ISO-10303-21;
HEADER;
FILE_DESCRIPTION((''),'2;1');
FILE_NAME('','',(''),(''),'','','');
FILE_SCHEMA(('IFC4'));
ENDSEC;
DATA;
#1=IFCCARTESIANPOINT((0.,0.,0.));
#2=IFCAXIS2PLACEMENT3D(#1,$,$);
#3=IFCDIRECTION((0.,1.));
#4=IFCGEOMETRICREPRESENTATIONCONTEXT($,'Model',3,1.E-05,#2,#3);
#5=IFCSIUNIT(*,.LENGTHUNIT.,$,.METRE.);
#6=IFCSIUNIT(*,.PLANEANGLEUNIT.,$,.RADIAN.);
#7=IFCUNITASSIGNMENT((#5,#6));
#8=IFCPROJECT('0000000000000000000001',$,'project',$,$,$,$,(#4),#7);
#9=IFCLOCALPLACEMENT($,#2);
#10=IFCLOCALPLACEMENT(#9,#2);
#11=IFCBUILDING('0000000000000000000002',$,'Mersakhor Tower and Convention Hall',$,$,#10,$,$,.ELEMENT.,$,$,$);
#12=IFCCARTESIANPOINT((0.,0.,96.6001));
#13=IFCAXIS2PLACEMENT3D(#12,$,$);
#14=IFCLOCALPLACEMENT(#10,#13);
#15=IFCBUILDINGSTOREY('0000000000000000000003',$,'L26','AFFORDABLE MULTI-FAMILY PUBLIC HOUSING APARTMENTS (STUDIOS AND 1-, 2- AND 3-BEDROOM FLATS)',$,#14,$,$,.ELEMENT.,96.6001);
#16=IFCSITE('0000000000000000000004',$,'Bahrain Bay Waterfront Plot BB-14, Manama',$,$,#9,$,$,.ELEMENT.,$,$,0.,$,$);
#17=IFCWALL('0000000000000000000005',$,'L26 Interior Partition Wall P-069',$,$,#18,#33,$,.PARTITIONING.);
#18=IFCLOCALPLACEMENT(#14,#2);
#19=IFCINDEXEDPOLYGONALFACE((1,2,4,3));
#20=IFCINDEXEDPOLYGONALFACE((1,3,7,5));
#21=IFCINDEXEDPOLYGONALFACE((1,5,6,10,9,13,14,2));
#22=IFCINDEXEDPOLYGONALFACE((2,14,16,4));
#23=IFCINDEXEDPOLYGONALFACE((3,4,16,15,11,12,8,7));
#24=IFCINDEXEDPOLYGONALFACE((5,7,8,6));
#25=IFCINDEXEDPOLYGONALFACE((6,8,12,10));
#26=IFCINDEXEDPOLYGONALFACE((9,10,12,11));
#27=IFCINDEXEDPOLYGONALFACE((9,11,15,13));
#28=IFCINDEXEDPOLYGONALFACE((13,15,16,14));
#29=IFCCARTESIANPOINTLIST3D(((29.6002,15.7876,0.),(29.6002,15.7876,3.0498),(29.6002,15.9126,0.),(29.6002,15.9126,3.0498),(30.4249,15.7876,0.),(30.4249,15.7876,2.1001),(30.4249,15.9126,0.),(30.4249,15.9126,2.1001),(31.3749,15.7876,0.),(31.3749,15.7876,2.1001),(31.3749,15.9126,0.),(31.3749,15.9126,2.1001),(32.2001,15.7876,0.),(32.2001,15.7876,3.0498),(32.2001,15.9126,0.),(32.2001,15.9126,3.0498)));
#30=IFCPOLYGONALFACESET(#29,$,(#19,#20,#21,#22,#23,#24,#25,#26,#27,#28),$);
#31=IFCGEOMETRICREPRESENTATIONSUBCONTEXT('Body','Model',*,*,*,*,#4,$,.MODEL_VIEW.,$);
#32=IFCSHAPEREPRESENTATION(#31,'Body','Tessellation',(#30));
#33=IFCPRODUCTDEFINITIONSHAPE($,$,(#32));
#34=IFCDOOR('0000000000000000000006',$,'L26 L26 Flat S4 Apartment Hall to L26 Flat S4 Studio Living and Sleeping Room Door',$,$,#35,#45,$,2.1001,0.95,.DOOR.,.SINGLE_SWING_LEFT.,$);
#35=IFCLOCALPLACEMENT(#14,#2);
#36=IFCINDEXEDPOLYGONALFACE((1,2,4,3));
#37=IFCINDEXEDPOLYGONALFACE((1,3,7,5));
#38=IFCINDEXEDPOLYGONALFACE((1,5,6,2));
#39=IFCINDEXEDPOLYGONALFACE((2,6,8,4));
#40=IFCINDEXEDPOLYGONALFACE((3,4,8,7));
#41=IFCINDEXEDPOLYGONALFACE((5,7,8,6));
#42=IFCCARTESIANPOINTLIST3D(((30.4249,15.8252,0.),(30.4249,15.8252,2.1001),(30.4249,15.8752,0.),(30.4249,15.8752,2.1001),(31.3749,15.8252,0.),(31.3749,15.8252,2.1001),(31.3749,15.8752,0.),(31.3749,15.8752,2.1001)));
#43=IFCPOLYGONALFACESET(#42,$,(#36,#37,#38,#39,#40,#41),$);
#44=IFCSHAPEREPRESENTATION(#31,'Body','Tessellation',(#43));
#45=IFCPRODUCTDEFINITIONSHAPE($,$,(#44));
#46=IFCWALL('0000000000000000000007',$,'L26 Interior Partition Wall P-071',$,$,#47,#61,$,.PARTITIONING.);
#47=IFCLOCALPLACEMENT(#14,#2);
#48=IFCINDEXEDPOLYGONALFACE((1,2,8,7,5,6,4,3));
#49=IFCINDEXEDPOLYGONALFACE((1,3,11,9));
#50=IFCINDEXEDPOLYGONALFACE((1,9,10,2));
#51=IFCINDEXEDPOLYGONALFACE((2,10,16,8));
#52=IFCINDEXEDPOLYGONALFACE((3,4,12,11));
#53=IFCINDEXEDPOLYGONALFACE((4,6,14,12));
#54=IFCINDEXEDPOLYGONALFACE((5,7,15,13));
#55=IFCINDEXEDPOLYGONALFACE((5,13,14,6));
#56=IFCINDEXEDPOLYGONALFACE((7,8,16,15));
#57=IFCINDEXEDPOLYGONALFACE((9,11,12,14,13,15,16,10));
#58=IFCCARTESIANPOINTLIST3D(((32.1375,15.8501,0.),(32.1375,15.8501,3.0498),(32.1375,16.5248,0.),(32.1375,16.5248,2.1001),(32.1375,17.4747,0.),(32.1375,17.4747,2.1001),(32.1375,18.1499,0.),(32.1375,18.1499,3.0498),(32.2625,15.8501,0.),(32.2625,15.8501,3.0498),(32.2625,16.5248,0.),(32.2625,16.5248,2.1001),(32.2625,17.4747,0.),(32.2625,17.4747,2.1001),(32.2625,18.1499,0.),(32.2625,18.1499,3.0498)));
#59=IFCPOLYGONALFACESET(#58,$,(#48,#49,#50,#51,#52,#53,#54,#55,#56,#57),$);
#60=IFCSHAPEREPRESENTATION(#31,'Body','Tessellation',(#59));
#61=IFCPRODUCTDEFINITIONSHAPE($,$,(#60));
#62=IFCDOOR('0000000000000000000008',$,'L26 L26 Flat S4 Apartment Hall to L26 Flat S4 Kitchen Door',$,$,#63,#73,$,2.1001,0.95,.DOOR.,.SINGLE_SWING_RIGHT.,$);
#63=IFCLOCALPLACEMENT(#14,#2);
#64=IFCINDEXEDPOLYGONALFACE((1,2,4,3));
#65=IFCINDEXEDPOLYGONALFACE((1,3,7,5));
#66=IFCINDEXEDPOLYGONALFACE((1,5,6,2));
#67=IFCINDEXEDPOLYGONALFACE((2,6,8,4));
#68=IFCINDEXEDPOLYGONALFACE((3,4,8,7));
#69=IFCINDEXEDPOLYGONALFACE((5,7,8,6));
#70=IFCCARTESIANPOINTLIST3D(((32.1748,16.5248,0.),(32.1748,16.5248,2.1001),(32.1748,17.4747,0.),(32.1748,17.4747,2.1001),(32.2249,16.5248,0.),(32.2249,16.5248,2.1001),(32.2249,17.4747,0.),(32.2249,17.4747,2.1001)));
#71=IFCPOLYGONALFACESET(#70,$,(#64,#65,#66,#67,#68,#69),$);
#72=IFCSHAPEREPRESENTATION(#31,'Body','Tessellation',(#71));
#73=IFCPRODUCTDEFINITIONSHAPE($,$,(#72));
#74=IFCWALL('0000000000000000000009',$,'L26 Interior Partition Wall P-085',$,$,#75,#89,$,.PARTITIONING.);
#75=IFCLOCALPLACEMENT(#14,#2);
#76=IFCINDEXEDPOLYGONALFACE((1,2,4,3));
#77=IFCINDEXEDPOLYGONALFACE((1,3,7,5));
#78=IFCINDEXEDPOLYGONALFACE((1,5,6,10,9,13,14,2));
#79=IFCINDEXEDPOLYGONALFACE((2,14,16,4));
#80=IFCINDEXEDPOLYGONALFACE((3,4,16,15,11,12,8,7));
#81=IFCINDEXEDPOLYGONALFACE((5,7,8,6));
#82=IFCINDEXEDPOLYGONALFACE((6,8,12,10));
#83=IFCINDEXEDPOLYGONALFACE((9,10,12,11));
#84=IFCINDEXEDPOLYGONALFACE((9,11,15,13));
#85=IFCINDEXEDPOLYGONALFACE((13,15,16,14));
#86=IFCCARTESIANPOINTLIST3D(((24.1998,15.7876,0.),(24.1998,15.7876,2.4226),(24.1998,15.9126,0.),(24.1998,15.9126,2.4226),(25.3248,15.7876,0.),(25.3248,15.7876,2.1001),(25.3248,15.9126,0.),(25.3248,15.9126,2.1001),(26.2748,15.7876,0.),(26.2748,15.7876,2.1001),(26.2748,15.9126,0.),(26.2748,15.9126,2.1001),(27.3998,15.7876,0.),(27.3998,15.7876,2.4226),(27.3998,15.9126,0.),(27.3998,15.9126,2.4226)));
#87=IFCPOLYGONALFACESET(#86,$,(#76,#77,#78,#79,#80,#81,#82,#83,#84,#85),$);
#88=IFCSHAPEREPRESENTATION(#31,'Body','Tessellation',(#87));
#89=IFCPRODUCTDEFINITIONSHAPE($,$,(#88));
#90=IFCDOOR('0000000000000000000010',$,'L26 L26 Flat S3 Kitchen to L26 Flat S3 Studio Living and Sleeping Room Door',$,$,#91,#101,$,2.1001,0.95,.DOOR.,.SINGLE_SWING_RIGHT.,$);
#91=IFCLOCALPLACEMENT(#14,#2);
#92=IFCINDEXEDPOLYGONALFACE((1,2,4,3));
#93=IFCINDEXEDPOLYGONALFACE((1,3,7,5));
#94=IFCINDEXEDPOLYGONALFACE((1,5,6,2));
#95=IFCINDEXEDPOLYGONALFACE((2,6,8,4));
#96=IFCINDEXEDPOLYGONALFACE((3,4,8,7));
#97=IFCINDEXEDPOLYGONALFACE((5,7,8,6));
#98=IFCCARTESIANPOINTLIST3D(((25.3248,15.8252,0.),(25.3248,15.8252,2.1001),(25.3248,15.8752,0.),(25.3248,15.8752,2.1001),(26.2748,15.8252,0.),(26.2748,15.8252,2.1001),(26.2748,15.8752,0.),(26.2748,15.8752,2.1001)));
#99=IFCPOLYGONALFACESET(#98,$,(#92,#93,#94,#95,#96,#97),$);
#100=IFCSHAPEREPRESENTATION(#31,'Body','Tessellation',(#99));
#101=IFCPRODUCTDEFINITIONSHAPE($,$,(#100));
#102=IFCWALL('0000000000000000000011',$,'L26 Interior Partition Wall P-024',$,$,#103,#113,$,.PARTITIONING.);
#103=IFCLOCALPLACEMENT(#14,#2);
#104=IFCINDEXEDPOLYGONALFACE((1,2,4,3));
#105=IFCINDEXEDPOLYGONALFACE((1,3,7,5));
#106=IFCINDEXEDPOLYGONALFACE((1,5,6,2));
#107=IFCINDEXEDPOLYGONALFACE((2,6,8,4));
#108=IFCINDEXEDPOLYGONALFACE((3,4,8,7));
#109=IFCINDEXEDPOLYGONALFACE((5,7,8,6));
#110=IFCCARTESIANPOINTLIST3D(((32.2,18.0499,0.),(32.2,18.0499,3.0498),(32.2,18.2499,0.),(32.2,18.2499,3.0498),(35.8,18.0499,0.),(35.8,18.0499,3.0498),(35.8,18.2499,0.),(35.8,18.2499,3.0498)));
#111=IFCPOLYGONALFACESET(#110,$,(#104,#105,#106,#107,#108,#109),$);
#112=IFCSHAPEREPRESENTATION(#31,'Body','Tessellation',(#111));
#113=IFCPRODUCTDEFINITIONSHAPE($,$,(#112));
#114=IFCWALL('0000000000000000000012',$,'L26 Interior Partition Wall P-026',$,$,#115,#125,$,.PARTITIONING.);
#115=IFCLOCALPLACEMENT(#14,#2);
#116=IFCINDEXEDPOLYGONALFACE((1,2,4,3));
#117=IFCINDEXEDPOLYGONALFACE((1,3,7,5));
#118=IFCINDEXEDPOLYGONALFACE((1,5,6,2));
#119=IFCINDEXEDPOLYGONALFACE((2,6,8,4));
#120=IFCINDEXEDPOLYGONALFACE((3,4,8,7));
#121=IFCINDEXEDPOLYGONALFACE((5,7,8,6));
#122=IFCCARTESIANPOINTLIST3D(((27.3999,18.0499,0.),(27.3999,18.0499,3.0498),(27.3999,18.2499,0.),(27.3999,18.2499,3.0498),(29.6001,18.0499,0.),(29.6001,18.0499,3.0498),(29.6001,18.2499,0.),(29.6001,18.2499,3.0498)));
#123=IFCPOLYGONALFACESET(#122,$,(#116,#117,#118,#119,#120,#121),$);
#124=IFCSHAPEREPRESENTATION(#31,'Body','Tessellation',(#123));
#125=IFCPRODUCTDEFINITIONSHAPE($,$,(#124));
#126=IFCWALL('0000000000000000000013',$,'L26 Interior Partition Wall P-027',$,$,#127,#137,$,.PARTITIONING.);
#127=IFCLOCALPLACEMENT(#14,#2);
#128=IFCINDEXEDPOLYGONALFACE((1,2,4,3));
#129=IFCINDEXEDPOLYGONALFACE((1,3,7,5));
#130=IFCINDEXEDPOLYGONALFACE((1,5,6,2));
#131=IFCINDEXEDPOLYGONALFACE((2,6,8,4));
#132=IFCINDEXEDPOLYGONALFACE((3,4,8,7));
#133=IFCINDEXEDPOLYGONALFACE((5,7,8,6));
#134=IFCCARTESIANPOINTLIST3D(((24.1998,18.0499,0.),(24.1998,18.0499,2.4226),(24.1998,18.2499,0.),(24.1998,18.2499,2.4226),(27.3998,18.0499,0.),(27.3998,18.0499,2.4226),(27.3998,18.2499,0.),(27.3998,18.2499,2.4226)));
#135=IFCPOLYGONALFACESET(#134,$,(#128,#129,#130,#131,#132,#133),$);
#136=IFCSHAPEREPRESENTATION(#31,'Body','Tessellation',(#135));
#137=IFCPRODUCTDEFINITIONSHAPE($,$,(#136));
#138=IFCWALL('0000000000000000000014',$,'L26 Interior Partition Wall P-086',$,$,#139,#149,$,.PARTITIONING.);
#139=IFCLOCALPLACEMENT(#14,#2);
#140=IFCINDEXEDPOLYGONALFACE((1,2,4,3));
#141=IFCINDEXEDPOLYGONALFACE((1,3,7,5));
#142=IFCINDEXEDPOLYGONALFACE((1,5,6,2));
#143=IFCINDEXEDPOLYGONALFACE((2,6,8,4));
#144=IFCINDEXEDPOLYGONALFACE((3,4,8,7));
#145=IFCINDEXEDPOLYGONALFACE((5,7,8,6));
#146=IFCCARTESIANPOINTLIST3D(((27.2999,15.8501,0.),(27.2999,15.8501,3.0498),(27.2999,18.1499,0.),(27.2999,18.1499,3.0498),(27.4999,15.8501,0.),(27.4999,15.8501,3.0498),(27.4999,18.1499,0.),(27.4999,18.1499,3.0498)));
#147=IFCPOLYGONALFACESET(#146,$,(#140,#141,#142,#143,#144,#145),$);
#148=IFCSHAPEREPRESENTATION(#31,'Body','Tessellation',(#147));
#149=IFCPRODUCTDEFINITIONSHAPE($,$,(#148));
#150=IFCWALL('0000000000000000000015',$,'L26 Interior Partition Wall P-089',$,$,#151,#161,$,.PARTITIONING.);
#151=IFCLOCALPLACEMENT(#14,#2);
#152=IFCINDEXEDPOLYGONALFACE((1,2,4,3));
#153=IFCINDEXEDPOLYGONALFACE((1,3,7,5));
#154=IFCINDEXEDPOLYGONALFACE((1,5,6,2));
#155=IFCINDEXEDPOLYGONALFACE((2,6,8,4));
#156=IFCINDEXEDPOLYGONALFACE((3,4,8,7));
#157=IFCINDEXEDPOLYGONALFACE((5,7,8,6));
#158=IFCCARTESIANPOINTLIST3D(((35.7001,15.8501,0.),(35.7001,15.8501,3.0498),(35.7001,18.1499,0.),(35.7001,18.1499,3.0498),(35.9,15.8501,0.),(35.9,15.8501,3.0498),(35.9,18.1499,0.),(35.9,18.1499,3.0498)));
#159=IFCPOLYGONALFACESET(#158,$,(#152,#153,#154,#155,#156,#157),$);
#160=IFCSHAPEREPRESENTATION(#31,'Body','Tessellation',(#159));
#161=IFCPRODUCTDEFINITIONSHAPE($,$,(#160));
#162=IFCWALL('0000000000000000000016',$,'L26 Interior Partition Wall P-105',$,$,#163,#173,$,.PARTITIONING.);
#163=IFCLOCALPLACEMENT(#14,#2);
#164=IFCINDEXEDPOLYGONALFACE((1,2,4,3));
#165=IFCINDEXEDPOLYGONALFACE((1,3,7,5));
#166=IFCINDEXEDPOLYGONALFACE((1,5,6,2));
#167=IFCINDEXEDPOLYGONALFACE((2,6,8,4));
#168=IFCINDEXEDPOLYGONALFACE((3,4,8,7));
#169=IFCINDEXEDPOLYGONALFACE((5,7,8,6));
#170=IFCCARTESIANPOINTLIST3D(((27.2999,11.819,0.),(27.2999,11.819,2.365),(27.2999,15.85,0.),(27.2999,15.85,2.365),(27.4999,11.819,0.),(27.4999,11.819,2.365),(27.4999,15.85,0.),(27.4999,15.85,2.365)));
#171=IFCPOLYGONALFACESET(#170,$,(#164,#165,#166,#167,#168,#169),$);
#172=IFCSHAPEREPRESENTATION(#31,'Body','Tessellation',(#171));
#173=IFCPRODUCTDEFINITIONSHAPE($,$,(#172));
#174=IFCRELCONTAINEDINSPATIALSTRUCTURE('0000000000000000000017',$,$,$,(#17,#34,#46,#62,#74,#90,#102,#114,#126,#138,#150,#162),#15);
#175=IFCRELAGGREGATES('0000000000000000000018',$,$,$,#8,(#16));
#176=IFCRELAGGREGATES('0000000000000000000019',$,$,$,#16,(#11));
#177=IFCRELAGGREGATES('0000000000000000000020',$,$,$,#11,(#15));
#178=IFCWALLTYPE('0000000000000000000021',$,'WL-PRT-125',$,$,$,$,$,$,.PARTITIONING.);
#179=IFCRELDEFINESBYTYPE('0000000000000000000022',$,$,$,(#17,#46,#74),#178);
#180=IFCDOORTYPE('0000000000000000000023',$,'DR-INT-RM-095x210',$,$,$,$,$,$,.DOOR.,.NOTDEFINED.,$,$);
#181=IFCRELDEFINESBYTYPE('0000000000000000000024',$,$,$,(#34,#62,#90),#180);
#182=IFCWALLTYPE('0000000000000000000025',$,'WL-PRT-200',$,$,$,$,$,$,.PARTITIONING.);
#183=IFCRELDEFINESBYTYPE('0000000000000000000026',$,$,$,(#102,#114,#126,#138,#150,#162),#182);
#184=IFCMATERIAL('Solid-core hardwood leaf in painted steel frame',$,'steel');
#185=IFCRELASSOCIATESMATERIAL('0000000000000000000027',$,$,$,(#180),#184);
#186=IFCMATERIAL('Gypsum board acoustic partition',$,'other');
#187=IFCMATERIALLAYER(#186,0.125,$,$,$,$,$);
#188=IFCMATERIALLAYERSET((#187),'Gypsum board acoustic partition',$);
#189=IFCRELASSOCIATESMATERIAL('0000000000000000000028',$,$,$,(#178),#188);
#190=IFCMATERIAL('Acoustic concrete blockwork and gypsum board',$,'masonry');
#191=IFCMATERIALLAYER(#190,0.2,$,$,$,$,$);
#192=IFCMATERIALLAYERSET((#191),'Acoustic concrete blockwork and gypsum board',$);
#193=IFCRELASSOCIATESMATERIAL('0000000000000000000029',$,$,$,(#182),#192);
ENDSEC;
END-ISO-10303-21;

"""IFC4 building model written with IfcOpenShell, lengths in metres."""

from ifc_helpers import new_model, si_unit, direction, frame, frame_2d, origin, place, context, subcontext, project, spatial, rectangle, extrude, material, layer, layer_set, type_object, element, fill, save


model = new_model("IFC4")

# Units and contexts
model_context = context("Model", 3, precision=1e-05, world=origin(), true_north=direction((0.0, 1.0)))
body_context = subcontext(model_context, "Body", "Model", "MODEL_VIEW")
ifc_project = project(units=[si_unit("LENGTHUNIT", "METRE"), si_unit("PLANEANGLEUNIT", "RADIAN")], contexts=[model_context])

# Site, building, storey
site_placement = place(None, origin())
site = spatial("IfcSite", under=ifc_project, at=site_placement, Name="Bahrain Bay Waterfront Plot BB-14, Manama", CompositionType="ELEMENT", RefElevation=0.0)
building_placement = place(site_placement, origin())
building = spatial("IfcBuilding", under=site, at=building_placement, Name="Mersakhor Tower and Convention Hall", CompositionType="ELEMENT")
storey_placement = place(building_placement, frame((0.0, 0.0, 96.6001)))
storey = spatial("IfcBuildingStorey", under=building, at=storey_placement, Name="L26", Description="AFFORDABLE MULTI-FAMILY PUBLIC HOUSING APARTMENTS (STUDIOS AND 1-, 2- AND 3-BEDROOM FLATS)", CompositionType="ELEMENT", Elevation=96.6001)

# Walls, openings, doors
ifc_material_1 = material(Name="Solid-core hardwood leaf in painted steel frame", Category="steel")
door_type_1 = type_object("IfcDoorType", Name="DR-INT-RM-095x210", OperationType="NOTDEFINED", PredefinedType="DOOR", material=ifc_material_1)
ifc_material_2 = material(Name="Gypsum board acoustic partition", Category="other")
ifc_layer_1 = layer(ifc_material_2, 0.125)
ifc_layer_set_1 = layer_set([ifc_layer_1], Name="Gypsum board acoustic partition")
wall_type_1 = type_object("IfcWallType", Name="WL-PRT-125", PredefinedType="PARTITIONING", material=ifc_layer_set_1)
wall_1_placement = place(storey_placement, frame((32.2, 15.8501, 0.0), z_axis=(0.0, 0.0, 1.0), x_axis=(-1.0, 0.0, 0.0)))
wall_1 = element("IfcWall", 1, at=wall_1_placement, inside=storey, type_object=wall_type_1, Name="L26 Interior Partition Wall P-069", PredefinedType="PARTITIONING", context=body_context, shape_type="SweptSolid", body=[
    extrude(rectangle(XDim=2.5999, YDim=0.125, at=frame_2d((1.2998, 0.0))), origin(), (0.0, 0.0, 1.0), 3.0498),
])
opening_1_placement = place(wall_1_placement, frame((0.825, 0.0, 0.0)))
opening_1 = element("IfcOpeningElement", 2, at=opening_1_placement, cuts=wall_1, PredefinedType="OPENING", context=body_context, shape_type="SweptSolid", body=[
    extrude(rectangle(XDim=0.95, YDim=2.1001, at=frame_2d((0.4751, 1.05))), frame((0.0, 0.0725, 0.0), z_axis=(0.0, -1.0, 0.0), x_axis=(1.0, 0.0, 0.0)), (0.0, 0.0, 1.0), 0.145),
])
door_1_placement = place(opening_1_placement, origin())
door_1 = element("IfcDoor", 3, at=door_1_placement, inside=storey, type_object=door_type_1, Name="L26 L26 Flat S4 Apartment Hall to L26 Flat S4 Studio Living and Sleeping Room Door", OperationType="SINGLE_SWING_LEFT", OverallHeight=2.1001, OverallWidth=0.95, PredefinedType="DOOR", context=body_context, shape_type="SweptSolid", body=[
    extrude(rectangle(XDim=0.95, YDim=2.1001, at=frame_2d((0.4751, 1.05))), frame((0.0, 0.0249, 0.0), z_axis=(0.0, -1.0, 0.0), x_axis=(1.0, 0.0, 0.0)), (0.0, 0.0, 1.0), 0.05),
])
fill(opening_1, door_1)
wall_2_placement = place(storey_placement, frame((32.2, 18.1499, 0.0), z_axis=(0.0, 0.0, 1.0), x_axis=(0.0, -1.0, 0.0)))
wall_2 = element("IfcWall", 4, at=wall_2_placement, inside=storey, type_object=wall_type_1, Name="L26 Interior Partition Wall P-071", PredefinedType="PARTITIONING", context=body_context, shape_type="SweptSolid", body=[
    extrude(rectangle(XDim=2.2998, YDim=0.125, at=frame_2d((1.1499, 0.0))), origin(), (0.0, 0.0, 1.0), 3.0498),
])
opening_2_placement = place(wall_2_placement, frame((0.675, 0.0, 0.0)))
opening_2 = element("IfcOpeningElement", 5, at=opening_2_placement, cuts=wall_2, PredefinedType="OPENING", context=body_context, shape_type="SweptSolid", body=[
    extrude(rectangle(XDim=0.95, YDim=2.1001, at=frame_2d((0.4751, 1.05))), frame((0.0, 0.0725, 0.0), z_axis=(0.0, -1.0, 0.0), x_axis=(1.0, 0.0, 0.0)), (0.0, 0.0, 1.0), 0.145),
])
door_2_placement = place(opening_2_placement, origin())
door_2 = element("IfcDoor", 6, at=door_2_placement, inside=storey, type_object=door_type_1, Name="L26 L26 Flat S4 Apartment Hall to L26 Flat S4 Kitchen Door", OperationType="SINGLE_SWING_RIGHT", OverallHeight=2.1001, OverallWidth=0.95, PredefinedType="DOOR", context=body_context, shape_type="SweptSolid", body=[
    extrude(rectangle(XDim=0.95, YDim=2.1001, at=frame_2d((0.4751, 1.05))), frame((0.0, 0.0249, 0.0), z_axis=(0.0, -1.0, 0.0), x_axis=(1.0, 0.0, 0.0)), (0.0, 0.0, 1.0), 0.05),
])
fill(opening_2, door_2)
wall_3_placement = place(storey_placement, frame((27.3999, 15.8501, 0.0), z_axis=(0.0, 0.0, 1.0), x_axis=(-1.0, 0.0, 0.0)))
wall_3 = element("IfcWall", 7, at=wall_3_placement, inside=storey, type_object=wall_type_1, Name="L26 Interior Partition Wall P-085", PredefinedType="PARTITIONING", context=body_context, shape_type="SweptSolid", body=[
    extrude(rectangle(XDim=3.2, YDim=0.125, at=frame_2d((1.6001, 0.0))), origin(), (0.0, 0.0, 1.0), 2.4226),
])
opening_3_placement = place(wall_3_placement, frame((1.125, 0.0, 0.0)))
opening_3 = element("IfcOpeningElement", 8, at=opening_3_placement, cuts=wall_3, PredefinedType="OPENING", context=body_context, shape_type="SweptSolid", body=[
    extrude(rectangle(XDim=0.95, YDim=2.1001, at=frame_2d((0.4751, 1.05))), frame((0.0, 0.0725, 0.0), z_axis=(0.0, -1.0, 0.0), x_axis=(1.0, 0.0, 0.0)), (0.0, 0.0, 1.0), 0.145),
])
door_3_placement = place(opening_3_placement, origin())
door_3 = element("IfcDoor", 9, at=door_3_placement, inside=storey, type_object=door_type_1, Name="L26 L26 Flat S3 Kitchen to L26 Flat S3 Studio Living and Sleeping Room Door", OperationType="SINGLE_SWING_RIGHT", OverallHeight=2.1001, OverallWidth=0.95, PredefinedType="DOOR", context=body_context, shape_type="SweptSolid", body=[
    extrude(rectangle(XDim=0.95, YDim=2.1001, at=frame_2d((0.4751, 1.05))), frame((0.0, 0.0249, 0.0), z_axis=(0.0, -1.0, 0.0), x_axis=(1.0, 0.0, 0.0)), (0.0, 0.0, 1.0), 0.05),
])
fill(opening_3, door_3)

# Wall
ifc_material_3 = material(Name="Acoustic concrete blockwork and gypsum board", Category="masonry")
ifc_layer_2 = layer(ifc_material_3, 0.2)
ifc_layer_set_2 = layer_set([ifc_layer_2], Name="Acoustic concrete blockwork and gypsum board")
wall_type_2 = type_object("IfcWallType", Name="WL-PRT-200", PredefinedType="PARTITIONING", material=ifc_layer_set_2)
wall_4_placement = place(storey_placement, frame((35.8, 18.1499, 0.0), z_axis=(0.0, 0.0, 1.0), x_axis=(-1.0, 0.0, 0.0)))
element("IfcWall", 10, at=wall_4_placement, inside=storey, type_object=wall_type_2, Name="L26 Interior Partition Wall P-024", PredefinedType="PARTITIONING", context=body_context, shape_type="SweptSolid", body=[
    extrude(rectangle(XDim=3.6001, YDim=0.2, at=frame_2d((1.8, 0.0))), origin(), (0.0, 0.0, 1.0), 3.0498),
])

# Walls
wall_5_placement = place(storey_placement, frame((29.6001, 18.1499, 0.0), z_axis=(0.0, 0.0, 1.0), x_axis=(-1.0, 0.0, 0.0)))
element("IfcWall", 11, at=wall_5_placement, inside=storey, type_object=wall_type_2, Name="L26 Interior Partition Wall P-026", PredefinedType="PARTITIONING", context=body_context, shape_type="SweptSolid", body=[
    extrude(rectangle(XDim=2.2002, YDim=0.2, at=frame_2d((1.1001, 0.0))), origin(), (0.0, 0.0, 1.0), 3.0498),
])
wall_6_placement = place(storey_placement, frame((27.3999, 18.1499, 0.0), z_axis=(0.0, 0.0, 1.0), x_axis=(-1.0, 0.0, 0.0)))
element("IfcWall", 12, at=wall_6_placement, inside=storey, type_object=wall_type_2, Name="L26 Interior Partition Wall P-027", PredefinedType="PARTITIONING", context=body_context, shape_type="SweptSolid", body=[
    extrude(rectangle(XDim=3.2, YDim=0.2, at=frame_2d((1.6001, 0.0))), origin(), (0.0, 0.0, 1.0), 2.4226),
])
for number, where, z_axis, x_axis, name in (
    (13, (27.3999, 18.1499, 0.0), (0.0, 0.0, 1.0), (0.0, -1.0, 0.0), "L26 Interior Partition Wall P-086"),
    (14, (35.8, 18.1499, 0.0), (0.0, 0.0, 1.0), (0.0, -1.0, 0.0), "L26 Interior Partition Wall P-089"),
):
    element("IfcWall", number, at=place(storey_placement, frame(where, z_axis=z_axis, x_axis=x_axis)), inside=storey, type_object=wall_type_2, Name=name, PredefinedType="PARTITIONING", context=body_context, shape_type="SweptSolid", body=[
        extrude(rectangle(XDim=2.2998, YDim=0.2, at=frame_2d((1.1499, 0.0))), origin(), (0.0, 0.0, 1.0), 3.0498),
    ])
wall_7_placement = place(storey_placement, frame((27.3999, 15.8501, 0.0), z_axis=(0.0, 0.0, 1.0), x_axis=(0.0, -1.0, 0.0)))
element("IfcWall", 15, at=wall_7_placement, inside=storey, type_object=wall_type_2, Name="L26 Interior Partition Wall P-105", PredefinedType="PARTITIONING", context=body_context, shape_type="SweptSolid", body=[
    extrude(rectangle(XDim=4.031, YDim=0.2, at=frame_2d((2.0156, 0.0))), origin(), (0.0, 0.0, 1.0), 2.365),
])

save(model, "model.ifc")
